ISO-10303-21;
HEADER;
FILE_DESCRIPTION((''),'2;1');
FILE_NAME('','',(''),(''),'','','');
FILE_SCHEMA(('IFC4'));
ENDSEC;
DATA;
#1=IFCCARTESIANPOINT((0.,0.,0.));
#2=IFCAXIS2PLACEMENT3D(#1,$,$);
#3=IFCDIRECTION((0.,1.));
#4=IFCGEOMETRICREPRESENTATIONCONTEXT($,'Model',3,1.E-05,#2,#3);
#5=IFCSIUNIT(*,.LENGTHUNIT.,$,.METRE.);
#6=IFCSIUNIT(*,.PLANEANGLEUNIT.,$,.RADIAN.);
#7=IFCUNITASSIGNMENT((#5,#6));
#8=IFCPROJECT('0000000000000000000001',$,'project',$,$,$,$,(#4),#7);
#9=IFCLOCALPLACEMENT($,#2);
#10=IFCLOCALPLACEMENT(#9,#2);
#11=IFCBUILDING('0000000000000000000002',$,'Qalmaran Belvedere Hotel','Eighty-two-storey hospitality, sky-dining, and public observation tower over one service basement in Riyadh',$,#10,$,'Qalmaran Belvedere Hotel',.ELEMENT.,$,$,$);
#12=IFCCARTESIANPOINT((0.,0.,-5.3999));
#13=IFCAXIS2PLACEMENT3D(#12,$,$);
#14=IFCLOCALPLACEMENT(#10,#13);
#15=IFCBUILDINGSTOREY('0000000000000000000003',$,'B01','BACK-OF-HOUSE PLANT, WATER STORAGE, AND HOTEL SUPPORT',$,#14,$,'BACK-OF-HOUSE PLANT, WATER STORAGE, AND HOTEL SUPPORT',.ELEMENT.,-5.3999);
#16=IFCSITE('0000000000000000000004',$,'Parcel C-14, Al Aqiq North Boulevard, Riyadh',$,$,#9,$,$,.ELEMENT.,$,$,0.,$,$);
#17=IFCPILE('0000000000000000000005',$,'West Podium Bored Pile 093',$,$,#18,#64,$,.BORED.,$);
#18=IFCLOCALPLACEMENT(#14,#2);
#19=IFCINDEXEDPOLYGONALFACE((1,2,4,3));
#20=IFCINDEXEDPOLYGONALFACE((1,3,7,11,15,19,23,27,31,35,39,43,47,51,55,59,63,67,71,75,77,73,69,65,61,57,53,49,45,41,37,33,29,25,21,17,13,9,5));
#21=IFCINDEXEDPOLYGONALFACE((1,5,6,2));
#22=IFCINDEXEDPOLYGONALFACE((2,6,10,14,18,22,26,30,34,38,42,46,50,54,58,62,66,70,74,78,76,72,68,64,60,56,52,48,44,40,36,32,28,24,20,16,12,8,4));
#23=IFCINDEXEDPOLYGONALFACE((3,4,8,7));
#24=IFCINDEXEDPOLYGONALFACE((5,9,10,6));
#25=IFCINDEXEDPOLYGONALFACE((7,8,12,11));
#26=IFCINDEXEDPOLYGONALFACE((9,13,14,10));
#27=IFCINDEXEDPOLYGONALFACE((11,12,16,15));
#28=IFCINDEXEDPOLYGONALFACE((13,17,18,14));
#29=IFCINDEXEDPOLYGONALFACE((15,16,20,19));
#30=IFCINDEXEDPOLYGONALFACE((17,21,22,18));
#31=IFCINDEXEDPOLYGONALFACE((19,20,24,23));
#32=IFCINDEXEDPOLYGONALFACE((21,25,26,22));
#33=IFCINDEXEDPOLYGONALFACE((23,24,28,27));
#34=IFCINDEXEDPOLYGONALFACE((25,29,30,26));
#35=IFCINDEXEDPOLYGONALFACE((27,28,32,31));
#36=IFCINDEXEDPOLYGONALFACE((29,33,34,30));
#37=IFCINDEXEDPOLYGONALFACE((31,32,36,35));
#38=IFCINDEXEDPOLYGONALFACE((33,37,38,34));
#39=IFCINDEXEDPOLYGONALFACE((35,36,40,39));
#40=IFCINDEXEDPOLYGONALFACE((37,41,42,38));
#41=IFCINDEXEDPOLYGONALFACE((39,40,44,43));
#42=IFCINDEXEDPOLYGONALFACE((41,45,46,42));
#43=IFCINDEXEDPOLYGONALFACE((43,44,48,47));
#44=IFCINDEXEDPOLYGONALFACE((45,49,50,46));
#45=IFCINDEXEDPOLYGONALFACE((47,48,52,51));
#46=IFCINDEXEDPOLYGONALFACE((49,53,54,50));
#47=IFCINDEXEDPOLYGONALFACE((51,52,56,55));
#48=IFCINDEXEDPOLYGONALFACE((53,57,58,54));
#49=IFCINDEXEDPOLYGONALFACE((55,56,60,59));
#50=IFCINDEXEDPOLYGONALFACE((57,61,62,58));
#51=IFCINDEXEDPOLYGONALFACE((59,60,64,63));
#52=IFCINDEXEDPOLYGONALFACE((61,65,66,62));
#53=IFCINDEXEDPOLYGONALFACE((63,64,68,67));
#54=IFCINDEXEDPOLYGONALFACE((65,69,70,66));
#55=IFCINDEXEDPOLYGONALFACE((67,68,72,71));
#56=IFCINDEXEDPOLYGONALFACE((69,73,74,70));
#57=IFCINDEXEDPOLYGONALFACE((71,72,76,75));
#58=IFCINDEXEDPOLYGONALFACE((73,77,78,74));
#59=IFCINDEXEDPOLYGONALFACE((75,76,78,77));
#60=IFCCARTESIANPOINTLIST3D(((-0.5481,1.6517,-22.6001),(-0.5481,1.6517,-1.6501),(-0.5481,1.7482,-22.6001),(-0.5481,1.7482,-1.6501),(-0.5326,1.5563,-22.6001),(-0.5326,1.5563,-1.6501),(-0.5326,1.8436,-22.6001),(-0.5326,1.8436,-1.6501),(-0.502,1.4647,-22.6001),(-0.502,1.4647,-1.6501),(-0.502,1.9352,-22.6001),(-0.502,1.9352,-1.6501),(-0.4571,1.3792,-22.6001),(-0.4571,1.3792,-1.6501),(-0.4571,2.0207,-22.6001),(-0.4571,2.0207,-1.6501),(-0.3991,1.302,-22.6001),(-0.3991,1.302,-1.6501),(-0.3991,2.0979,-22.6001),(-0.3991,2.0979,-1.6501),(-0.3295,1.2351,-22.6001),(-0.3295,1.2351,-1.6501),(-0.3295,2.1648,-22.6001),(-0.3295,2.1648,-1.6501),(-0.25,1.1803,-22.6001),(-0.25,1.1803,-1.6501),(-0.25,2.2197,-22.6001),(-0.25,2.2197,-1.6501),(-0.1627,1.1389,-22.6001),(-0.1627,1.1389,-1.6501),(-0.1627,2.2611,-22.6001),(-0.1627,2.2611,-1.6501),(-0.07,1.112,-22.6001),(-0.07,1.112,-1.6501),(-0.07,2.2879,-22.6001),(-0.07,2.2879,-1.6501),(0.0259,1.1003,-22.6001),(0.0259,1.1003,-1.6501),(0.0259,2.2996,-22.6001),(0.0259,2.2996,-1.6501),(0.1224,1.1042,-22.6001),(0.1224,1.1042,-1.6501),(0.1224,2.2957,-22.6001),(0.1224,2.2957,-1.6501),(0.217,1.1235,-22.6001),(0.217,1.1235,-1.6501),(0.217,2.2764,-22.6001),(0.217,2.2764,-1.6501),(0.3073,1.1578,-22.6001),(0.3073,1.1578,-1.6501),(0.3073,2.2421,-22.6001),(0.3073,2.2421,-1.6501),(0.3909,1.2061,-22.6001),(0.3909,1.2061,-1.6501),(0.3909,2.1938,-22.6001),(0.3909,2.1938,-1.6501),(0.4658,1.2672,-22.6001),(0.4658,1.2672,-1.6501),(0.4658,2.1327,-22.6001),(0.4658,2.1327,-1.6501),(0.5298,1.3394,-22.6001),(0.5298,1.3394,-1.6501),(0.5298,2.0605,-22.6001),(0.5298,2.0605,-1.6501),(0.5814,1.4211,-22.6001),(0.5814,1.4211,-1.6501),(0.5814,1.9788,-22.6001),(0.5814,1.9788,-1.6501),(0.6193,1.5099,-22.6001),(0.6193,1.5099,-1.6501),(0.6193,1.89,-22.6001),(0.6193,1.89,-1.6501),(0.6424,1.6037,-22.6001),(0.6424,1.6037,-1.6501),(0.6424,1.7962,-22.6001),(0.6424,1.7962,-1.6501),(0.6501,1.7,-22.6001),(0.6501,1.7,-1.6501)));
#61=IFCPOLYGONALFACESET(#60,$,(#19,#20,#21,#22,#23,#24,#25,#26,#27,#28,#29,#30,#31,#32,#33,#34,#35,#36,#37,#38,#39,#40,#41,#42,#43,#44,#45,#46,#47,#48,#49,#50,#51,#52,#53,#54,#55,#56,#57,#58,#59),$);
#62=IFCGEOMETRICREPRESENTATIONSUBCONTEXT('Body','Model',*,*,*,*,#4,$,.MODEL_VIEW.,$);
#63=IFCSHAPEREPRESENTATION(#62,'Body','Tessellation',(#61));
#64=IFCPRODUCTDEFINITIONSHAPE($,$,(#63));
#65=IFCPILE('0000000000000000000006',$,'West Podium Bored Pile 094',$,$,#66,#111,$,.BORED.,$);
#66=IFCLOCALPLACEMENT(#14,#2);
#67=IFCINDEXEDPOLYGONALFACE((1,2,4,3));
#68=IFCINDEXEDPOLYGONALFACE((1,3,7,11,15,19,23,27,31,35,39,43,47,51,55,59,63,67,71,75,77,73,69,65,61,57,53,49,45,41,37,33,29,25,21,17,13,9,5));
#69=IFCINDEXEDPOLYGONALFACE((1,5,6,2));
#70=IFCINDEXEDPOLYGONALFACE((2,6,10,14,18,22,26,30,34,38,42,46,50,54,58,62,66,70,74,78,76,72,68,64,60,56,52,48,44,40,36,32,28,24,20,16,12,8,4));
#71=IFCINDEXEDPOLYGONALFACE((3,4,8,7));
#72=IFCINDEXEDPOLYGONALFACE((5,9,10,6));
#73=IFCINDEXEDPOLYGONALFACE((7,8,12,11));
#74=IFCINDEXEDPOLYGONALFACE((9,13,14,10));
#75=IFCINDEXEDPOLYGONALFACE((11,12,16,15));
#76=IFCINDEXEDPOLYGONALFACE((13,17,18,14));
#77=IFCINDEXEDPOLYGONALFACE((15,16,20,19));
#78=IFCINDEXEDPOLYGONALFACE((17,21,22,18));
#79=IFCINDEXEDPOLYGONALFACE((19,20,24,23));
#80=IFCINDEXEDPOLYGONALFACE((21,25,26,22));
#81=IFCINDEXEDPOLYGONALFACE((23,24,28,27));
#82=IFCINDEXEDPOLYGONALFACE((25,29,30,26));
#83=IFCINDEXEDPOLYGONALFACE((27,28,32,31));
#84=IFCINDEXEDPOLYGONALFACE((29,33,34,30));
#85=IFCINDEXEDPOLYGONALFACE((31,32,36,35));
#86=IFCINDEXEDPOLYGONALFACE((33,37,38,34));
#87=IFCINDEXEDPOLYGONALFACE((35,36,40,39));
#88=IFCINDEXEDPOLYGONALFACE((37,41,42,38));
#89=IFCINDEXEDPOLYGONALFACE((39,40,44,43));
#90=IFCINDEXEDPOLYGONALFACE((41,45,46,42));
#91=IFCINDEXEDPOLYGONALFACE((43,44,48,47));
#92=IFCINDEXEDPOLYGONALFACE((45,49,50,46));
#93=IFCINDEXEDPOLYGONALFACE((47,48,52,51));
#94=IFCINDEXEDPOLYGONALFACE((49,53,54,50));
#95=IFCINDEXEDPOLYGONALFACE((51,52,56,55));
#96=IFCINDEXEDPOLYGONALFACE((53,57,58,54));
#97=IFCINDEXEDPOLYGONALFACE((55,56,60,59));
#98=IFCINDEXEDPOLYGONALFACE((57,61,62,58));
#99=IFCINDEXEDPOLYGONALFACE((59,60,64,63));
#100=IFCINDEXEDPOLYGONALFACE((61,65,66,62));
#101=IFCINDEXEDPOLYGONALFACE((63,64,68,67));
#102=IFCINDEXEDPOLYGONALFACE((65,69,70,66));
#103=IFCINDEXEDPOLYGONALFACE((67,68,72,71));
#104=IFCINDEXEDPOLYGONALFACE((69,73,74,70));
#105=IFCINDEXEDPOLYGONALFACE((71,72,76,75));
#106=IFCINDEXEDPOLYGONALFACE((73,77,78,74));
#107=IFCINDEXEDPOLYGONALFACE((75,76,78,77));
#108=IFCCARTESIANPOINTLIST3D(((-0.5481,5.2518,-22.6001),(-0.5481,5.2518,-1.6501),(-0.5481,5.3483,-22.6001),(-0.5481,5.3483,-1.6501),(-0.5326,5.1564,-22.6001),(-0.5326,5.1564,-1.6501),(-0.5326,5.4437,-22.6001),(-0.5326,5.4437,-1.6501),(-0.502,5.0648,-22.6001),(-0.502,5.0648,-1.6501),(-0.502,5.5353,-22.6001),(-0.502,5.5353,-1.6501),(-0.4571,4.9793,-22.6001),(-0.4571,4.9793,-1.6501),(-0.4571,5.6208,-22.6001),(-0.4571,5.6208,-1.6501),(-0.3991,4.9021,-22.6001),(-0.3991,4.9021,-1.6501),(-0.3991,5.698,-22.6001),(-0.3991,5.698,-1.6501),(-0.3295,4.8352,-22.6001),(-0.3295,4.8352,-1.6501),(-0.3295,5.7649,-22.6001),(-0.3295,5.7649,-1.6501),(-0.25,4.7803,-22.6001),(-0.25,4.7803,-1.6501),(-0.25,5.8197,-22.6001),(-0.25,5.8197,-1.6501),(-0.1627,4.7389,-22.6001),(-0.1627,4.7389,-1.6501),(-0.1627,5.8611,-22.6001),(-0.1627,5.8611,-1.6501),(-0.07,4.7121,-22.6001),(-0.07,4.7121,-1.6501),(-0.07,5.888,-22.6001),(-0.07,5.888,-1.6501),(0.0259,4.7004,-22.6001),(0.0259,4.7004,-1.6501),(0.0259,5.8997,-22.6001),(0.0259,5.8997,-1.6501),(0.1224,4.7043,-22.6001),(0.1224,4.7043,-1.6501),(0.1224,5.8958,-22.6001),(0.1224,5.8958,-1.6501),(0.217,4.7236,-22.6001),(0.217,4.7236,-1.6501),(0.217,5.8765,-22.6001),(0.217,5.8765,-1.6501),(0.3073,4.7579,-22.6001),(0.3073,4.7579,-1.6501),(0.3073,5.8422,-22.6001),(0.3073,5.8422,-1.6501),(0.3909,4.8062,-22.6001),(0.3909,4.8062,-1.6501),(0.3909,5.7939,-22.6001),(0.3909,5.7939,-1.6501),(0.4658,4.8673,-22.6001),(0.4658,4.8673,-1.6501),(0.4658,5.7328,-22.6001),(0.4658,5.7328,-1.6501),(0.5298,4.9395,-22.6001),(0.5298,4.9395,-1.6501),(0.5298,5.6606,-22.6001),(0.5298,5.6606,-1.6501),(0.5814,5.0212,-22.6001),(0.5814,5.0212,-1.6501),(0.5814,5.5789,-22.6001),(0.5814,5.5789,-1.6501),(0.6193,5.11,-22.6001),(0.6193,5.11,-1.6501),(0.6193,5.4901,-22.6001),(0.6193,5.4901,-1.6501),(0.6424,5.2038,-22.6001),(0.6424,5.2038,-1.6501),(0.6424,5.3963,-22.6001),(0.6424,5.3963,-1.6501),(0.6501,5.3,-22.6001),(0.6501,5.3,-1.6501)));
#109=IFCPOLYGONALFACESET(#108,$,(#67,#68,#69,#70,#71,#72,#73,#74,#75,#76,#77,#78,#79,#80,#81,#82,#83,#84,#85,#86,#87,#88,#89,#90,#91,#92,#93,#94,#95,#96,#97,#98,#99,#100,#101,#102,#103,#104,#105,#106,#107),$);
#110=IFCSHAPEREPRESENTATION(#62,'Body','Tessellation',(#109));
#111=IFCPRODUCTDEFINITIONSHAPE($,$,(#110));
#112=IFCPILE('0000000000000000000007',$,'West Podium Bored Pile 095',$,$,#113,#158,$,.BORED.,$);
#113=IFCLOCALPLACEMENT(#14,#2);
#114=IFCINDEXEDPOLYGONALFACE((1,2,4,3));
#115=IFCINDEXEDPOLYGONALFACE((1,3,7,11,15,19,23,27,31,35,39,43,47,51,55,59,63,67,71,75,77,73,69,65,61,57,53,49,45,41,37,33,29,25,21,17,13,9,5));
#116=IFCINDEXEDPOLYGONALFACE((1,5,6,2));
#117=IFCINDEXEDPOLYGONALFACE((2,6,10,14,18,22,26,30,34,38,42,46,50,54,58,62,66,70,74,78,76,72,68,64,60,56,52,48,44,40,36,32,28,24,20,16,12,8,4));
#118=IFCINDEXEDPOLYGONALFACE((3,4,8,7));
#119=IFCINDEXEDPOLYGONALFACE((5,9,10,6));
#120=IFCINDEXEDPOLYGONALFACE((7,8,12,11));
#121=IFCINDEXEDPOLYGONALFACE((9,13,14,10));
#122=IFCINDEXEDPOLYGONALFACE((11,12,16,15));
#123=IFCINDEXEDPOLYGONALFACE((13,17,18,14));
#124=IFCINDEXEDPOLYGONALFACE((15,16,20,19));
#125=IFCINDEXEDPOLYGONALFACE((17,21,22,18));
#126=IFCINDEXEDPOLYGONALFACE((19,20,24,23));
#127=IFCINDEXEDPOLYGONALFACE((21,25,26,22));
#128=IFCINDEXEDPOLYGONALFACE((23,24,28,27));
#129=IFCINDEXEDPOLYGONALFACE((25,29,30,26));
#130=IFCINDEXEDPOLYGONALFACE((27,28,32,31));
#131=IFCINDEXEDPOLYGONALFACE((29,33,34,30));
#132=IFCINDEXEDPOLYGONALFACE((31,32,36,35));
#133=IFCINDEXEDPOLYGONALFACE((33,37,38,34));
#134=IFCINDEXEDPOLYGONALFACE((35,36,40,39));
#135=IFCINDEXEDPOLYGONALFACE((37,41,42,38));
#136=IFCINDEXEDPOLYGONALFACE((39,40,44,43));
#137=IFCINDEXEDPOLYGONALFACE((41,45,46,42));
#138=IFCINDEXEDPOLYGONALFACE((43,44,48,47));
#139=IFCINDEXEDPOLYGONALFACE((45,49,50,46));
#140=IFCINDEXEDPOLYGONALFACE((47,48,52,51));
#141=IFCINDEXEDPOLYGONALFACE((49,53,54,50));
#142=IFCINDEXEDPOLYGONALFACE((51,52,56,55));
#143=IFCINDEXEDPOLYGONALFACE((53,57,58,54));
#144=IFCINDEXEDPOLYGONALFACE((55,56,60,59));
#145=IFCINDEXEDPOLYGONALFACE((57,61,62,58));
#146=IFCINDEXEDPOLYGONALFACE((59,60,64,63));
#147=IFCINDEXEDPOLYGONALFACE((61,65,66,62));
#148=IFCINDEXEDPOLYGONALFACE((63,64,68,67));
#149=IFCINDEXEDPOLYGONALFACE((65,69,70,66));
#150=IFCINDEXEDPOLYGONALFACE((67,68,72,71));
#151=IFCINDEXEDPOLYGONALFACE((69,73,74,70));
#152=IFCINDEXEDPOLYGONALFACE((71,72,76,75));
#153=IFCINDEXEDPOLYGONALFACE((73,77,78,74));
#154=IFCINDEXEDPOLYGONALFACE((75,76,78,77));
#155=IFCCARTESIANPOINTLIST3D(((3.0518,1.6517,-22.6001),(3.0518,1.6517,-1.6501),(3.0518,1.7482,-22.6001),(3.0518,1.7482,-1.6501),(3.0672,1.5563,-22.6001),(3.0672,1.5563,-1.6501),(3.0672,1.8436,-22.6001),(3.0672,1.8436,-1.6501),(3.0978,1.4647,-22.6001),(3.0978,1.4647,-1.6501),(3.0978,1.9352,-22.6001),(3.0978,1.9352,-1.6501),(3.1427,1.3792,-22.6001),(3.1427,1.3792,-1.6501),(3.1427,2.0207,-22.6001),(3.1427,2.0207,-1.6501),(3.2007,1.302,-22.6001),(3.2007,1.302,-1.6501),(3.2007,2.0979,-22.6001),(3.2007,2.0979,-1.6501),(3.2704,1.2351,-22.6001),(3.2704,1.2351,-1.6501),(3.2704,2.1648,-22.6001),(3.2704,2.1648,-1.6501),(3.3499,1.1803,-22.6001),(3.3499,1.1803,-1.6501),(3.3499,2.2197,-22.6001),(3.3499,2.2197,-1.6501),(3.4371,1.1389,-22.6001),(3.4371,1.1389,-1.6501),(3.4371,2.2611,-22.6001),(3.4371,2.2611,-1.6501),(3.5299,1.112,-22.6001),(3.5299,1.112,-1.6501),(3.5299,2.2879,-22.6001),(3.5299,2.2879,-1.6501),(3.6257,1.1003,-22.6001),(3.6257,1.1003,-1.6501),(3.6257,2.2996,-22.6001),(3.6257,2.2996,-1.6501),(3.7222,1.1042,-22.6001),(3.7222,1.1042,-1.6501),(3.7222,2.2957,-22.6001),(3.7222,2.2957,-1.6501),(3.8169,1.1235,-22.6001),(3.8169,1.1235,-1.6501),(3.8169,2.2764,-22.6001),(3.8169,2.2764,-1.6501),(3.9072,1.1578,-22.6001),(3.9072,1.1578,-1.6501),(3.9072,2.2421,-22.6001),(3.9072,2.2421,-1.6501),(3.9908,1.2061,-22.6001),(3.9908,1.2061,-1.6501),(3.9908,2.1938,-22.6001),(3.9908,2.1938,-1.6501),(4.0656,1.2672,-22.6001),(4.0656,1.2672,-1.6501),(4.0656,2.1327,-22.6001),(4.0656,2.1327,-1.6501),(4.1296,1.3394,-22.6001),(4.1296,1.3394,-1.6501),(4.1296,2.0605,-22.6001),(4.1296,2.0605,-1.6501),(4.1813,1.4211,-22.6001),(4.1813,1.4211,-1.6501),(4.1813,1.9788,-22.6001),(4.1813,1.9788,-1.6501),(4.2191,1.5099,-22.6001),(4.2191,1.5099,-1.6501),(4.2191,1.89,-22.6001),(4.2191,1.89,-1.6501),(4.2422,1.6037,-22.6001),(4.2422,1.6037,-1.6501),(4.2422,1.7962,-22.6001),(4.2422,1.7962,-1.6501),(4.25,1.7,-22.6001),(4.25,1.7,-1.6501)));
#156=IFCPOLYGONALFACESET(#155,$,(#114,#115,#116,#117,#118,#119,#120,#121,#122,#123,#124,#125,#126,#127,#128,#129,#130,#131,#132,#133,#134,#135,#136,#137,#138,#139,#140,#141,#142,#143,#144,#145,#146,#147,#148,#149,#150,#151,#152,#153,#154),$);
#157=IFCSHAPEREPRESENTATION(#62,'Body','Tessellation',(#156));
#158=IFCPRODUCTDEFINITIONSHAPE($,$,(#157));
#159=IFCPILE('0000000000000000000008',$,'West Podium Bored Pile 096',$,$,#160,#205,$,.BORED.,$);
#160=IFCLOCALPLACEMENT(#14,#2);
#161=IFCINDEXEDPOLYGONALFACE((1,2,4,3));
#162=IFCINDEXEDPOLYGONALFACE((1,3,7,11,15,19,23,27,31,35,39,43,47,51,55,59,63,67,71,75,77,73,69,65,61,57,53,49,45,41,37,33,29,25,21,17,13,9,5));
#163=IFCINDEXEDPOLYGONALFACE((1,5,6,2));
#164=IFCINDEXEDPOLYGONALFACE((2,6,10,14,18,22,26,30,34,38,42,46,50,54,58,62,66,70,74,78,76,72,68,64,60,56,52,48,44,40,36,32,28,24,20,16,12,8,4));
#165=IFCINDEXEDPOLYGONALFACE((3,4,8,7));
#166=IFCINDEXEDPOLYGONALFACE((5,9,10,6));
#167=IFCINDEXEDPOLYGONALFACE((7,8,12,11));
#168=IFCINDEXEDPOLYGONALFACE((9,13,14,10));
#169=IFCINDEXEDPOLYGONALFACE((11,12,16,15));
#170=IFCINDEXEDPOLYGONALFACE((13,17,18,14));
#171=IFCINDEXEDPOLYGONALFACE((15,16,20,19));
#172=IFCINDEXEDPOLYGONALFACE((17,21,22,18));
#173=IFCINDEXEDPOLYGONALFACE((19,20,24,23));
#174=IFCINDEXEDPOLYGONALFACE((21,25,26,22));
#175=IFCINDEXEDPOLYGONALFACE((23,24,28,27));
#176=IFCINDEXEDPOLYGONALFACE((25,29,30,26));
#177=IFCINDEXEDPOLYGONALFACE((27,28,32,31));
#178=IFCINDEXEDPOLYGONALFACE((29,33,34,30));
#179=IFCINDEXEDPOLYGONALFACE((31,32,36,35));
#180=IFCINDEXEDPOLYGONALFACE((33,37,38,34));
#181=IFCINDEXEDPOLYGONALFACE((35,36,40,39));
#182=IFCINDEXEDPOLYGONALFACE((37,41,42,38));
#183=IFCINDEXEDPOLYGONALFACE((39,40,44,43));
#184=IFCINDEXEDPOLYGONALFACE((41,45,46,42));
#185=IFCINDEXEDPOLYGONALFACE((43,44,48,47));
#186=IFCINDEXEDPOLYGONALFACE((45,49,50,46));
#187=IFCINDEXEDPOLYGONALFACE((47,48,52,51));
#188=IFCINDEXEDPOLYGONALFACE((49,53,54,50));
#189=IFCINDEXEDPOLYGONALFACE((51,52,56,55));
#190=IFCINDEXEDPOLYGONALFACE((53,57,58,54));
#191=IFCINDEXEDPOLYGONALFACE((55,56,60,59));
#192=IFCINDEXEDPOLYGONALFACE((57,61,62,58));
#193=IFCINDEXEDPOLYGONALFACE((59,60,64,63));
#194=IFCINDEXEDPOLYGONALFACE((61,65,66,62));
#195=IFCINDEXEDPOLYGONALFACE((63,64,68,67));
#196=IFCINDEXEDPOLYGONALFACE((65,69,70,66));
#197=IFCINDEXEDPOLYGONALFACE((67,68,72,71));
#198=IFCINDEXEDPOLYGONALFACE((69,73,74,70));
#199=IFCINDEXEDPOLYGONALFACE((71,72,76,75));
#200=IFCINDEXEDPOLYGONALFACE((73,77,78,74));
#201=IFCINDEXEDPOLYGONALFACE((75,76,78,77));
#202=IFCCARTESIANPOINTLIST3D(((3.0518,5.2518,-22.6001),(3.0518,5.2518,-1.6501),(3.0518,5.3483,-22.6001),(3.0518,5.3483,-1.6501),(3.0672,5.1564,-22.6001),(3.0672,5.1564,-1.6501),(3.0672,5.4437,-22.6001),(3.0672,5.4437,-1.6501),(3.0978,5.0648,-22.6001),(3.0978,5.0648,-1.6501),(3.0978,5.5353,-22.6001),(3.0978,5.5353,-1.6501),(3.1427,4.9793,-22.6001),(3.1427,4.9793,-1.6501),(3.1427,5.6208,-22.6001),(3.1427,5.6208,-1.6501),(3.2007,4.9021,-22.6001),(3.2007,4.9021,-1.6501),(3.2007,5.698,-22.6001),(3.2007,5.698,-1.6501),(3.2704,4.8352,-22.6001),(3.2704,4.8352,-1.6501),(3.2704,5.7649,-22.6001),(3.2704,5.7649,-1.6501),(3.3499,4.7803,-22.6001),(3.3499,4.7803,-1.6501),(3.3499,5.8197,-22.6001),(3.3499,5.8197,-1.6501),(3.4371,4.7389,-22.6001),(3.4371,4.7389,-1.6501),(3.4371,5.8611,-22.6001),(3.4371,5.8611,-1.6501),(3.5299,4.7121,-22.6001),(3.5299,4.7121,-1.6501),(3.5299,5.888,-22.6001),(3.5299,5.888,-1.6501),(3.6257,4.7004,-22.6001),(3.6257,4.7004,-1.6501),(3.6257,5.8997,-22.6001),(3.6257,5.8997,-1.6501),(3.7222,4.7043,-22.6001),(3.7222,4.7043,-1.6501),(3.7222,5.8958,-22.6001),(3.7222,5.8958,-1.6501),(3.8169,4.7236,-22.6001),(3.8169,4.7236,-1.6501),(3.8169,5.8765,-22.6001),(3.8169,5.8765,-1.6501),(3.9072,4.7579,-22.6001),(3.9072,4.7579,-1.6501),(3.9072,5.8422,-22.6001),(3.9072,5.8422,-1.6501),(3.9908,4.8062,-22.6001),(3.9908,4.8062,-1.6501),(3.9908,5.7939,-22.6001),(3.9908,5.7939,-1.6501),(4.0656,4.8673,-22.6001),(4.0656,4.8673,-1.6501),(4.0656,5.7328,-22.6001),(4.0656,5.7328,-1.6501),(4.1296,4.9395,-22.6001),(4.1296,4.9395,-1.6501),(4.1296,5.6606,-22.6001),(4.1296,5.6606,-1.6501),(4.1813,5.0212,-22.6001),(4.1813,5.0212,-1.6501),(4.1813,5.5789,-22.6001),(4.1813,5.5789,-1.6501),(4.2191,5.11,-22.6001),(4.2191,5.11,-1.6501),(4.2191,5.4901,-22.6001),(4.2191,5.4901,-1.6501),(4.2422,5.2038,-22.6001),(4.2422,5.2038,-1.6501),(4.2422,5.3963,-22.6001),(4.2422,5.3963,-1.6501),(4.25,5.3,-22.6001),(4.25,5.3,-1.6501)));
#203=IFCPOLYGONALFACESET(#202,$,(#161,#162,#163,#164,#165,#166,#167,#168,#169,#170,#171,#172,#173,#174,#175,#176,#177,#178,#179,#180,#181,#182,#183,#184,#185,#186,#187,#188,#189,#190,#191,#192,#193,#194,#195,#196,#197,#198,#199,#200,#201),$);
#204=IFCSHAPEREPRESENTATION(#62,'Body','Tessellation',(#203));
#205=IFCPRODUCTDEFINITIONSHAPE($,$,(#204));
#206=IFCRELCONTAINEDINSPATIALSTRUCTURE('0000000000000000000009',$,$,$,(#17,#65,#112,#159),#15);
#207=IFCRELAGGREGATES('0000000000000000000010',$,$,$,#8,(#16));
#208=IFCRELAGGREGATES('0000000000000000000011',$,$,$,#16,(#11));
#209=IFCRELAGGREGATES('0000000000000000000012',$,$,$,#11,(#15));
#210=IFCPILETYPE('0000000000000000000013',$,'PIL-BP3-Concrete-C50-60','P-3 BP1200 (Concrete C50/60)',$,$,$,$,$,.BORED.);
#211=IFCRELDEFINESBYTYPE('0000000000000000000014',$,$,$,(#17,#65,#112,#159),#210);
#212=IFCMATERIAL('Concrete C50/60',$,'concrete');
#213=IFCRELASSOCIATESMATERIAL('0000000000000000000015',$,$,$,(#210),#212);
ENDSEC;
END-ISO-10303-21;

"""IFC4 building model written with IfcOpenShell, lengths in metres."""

from ifc_helpers import new_model, si_unit, direction, frame, origin, origin_2d, place, context, subcontext, project, spatial, circle, extrude, material, material_profile, profile_set, type_object, element, save


model = new_model("IFC4")

# Units and contexts
model_context = context("Model", 3, precision=1e-05, world=origin(), true_north=direction((0.0, 1.0)))
body_context = subcontext(model_context, "Body", "Model", "MODEL_VIEW")
ifc_project = project(units=[si_unit("LENGTHUNIT", "METRE"), si_unit("PLANEANGLEUNIT", "RADIAN")], contexts=[model_context])

# Site, building, storey
site_placement = place(None, origin())
site = spatial("IfcSite", under=ifc_project, at=site_placement, Name="Parcel C-14, Al Aqiq North Boulevard, Riyadh", CompositionType="ELEMENT", RefElevation=0.0)
building_placement = place(site_placement, origin())
building = spatial("IfcBuilding", under=site, at=building_placement, Name="Qalmaran Belvedere Hotel", Description="Eighty-two-storey hospitality, sky-dining, and public observation tower over one service basement in Riyadh", LongName="Qalmaran Belvedere Hotel", CompositionType="ELEMENT")
storey_placement = place(building_placement, frame((0.0, 0.0, -5.3999)))
storey = spatial("IfcBuildingStorey", under=building, at=storey_placement, Name="B01", Description="BACK-OF-HOUSE PLANT, WATER STORAGE, AND HOTEL SUPPORT", LongName="BACK-OF-HOUSE PLANT, WATER STORAGE, AND HOTEL SUPPORT", CompositionType="ELEMENT", Elevation=-5.3999)

# Shared definitions
ifc_material_1 = material(Name="Concrete C50/60", Category="concrete")

# Piles
ifc_material_profile_1 = material_profile(ifc_material_1, circle(Radius=0.6001, at=origin_2d()), Name="BP1200")
ifc_profile_set_1 = profile_set([ifc_material_profile_1], Name="Concrete C50/60")
pile_type_1 = type_object("IfcPileType", Name="PIL-BP3-Concrete-C50-60", Description="P-3 BP1200 (Concrete C50/60)", PredefinedType="BORED", material=ifc_profile_set_1)
for number, where, z_axis, x_axis, name in (
    (1, (0.05, 1.7, -1.6501), (0.0, 0.0, -1.0), (1.0, 0.0, 0.0), "West Podium Bored Pile 093"),
    (2, (0.05, 5.3, -1.6501), (0.0, 0.0, -1.0), (1.0, 0.0, 0.0), "West Podium Bored Pile 094"),
    (3, (3.6499, 1.7, -1.6501), (0.0, 0.0, -1.0), (1.0, 0.0, 0.0), "West Podium Bored Pile 095"),
    (4, (3.6499, 5.3, -1.6501), (0.0, 0.0, -1.0), (1.0, 0.0, 0.0), "West Podium Bored Pile 096"),
):
    element("IfcPile", number, at=place(storey_placement, frame(where, z_axis=z_axis, x_axis=x_axis)), inside=storey, type_object=pile_type_1, Name=name, PredefinedType="BORED", context=body_context, shape_type="SweptSolid", body=[
        extrude(circle(Radius=0.6001, at=origin_2d()), origin(), (0.0, 0.0, 1.0), 20.95),
    ])

save(model, "model.ifc")
